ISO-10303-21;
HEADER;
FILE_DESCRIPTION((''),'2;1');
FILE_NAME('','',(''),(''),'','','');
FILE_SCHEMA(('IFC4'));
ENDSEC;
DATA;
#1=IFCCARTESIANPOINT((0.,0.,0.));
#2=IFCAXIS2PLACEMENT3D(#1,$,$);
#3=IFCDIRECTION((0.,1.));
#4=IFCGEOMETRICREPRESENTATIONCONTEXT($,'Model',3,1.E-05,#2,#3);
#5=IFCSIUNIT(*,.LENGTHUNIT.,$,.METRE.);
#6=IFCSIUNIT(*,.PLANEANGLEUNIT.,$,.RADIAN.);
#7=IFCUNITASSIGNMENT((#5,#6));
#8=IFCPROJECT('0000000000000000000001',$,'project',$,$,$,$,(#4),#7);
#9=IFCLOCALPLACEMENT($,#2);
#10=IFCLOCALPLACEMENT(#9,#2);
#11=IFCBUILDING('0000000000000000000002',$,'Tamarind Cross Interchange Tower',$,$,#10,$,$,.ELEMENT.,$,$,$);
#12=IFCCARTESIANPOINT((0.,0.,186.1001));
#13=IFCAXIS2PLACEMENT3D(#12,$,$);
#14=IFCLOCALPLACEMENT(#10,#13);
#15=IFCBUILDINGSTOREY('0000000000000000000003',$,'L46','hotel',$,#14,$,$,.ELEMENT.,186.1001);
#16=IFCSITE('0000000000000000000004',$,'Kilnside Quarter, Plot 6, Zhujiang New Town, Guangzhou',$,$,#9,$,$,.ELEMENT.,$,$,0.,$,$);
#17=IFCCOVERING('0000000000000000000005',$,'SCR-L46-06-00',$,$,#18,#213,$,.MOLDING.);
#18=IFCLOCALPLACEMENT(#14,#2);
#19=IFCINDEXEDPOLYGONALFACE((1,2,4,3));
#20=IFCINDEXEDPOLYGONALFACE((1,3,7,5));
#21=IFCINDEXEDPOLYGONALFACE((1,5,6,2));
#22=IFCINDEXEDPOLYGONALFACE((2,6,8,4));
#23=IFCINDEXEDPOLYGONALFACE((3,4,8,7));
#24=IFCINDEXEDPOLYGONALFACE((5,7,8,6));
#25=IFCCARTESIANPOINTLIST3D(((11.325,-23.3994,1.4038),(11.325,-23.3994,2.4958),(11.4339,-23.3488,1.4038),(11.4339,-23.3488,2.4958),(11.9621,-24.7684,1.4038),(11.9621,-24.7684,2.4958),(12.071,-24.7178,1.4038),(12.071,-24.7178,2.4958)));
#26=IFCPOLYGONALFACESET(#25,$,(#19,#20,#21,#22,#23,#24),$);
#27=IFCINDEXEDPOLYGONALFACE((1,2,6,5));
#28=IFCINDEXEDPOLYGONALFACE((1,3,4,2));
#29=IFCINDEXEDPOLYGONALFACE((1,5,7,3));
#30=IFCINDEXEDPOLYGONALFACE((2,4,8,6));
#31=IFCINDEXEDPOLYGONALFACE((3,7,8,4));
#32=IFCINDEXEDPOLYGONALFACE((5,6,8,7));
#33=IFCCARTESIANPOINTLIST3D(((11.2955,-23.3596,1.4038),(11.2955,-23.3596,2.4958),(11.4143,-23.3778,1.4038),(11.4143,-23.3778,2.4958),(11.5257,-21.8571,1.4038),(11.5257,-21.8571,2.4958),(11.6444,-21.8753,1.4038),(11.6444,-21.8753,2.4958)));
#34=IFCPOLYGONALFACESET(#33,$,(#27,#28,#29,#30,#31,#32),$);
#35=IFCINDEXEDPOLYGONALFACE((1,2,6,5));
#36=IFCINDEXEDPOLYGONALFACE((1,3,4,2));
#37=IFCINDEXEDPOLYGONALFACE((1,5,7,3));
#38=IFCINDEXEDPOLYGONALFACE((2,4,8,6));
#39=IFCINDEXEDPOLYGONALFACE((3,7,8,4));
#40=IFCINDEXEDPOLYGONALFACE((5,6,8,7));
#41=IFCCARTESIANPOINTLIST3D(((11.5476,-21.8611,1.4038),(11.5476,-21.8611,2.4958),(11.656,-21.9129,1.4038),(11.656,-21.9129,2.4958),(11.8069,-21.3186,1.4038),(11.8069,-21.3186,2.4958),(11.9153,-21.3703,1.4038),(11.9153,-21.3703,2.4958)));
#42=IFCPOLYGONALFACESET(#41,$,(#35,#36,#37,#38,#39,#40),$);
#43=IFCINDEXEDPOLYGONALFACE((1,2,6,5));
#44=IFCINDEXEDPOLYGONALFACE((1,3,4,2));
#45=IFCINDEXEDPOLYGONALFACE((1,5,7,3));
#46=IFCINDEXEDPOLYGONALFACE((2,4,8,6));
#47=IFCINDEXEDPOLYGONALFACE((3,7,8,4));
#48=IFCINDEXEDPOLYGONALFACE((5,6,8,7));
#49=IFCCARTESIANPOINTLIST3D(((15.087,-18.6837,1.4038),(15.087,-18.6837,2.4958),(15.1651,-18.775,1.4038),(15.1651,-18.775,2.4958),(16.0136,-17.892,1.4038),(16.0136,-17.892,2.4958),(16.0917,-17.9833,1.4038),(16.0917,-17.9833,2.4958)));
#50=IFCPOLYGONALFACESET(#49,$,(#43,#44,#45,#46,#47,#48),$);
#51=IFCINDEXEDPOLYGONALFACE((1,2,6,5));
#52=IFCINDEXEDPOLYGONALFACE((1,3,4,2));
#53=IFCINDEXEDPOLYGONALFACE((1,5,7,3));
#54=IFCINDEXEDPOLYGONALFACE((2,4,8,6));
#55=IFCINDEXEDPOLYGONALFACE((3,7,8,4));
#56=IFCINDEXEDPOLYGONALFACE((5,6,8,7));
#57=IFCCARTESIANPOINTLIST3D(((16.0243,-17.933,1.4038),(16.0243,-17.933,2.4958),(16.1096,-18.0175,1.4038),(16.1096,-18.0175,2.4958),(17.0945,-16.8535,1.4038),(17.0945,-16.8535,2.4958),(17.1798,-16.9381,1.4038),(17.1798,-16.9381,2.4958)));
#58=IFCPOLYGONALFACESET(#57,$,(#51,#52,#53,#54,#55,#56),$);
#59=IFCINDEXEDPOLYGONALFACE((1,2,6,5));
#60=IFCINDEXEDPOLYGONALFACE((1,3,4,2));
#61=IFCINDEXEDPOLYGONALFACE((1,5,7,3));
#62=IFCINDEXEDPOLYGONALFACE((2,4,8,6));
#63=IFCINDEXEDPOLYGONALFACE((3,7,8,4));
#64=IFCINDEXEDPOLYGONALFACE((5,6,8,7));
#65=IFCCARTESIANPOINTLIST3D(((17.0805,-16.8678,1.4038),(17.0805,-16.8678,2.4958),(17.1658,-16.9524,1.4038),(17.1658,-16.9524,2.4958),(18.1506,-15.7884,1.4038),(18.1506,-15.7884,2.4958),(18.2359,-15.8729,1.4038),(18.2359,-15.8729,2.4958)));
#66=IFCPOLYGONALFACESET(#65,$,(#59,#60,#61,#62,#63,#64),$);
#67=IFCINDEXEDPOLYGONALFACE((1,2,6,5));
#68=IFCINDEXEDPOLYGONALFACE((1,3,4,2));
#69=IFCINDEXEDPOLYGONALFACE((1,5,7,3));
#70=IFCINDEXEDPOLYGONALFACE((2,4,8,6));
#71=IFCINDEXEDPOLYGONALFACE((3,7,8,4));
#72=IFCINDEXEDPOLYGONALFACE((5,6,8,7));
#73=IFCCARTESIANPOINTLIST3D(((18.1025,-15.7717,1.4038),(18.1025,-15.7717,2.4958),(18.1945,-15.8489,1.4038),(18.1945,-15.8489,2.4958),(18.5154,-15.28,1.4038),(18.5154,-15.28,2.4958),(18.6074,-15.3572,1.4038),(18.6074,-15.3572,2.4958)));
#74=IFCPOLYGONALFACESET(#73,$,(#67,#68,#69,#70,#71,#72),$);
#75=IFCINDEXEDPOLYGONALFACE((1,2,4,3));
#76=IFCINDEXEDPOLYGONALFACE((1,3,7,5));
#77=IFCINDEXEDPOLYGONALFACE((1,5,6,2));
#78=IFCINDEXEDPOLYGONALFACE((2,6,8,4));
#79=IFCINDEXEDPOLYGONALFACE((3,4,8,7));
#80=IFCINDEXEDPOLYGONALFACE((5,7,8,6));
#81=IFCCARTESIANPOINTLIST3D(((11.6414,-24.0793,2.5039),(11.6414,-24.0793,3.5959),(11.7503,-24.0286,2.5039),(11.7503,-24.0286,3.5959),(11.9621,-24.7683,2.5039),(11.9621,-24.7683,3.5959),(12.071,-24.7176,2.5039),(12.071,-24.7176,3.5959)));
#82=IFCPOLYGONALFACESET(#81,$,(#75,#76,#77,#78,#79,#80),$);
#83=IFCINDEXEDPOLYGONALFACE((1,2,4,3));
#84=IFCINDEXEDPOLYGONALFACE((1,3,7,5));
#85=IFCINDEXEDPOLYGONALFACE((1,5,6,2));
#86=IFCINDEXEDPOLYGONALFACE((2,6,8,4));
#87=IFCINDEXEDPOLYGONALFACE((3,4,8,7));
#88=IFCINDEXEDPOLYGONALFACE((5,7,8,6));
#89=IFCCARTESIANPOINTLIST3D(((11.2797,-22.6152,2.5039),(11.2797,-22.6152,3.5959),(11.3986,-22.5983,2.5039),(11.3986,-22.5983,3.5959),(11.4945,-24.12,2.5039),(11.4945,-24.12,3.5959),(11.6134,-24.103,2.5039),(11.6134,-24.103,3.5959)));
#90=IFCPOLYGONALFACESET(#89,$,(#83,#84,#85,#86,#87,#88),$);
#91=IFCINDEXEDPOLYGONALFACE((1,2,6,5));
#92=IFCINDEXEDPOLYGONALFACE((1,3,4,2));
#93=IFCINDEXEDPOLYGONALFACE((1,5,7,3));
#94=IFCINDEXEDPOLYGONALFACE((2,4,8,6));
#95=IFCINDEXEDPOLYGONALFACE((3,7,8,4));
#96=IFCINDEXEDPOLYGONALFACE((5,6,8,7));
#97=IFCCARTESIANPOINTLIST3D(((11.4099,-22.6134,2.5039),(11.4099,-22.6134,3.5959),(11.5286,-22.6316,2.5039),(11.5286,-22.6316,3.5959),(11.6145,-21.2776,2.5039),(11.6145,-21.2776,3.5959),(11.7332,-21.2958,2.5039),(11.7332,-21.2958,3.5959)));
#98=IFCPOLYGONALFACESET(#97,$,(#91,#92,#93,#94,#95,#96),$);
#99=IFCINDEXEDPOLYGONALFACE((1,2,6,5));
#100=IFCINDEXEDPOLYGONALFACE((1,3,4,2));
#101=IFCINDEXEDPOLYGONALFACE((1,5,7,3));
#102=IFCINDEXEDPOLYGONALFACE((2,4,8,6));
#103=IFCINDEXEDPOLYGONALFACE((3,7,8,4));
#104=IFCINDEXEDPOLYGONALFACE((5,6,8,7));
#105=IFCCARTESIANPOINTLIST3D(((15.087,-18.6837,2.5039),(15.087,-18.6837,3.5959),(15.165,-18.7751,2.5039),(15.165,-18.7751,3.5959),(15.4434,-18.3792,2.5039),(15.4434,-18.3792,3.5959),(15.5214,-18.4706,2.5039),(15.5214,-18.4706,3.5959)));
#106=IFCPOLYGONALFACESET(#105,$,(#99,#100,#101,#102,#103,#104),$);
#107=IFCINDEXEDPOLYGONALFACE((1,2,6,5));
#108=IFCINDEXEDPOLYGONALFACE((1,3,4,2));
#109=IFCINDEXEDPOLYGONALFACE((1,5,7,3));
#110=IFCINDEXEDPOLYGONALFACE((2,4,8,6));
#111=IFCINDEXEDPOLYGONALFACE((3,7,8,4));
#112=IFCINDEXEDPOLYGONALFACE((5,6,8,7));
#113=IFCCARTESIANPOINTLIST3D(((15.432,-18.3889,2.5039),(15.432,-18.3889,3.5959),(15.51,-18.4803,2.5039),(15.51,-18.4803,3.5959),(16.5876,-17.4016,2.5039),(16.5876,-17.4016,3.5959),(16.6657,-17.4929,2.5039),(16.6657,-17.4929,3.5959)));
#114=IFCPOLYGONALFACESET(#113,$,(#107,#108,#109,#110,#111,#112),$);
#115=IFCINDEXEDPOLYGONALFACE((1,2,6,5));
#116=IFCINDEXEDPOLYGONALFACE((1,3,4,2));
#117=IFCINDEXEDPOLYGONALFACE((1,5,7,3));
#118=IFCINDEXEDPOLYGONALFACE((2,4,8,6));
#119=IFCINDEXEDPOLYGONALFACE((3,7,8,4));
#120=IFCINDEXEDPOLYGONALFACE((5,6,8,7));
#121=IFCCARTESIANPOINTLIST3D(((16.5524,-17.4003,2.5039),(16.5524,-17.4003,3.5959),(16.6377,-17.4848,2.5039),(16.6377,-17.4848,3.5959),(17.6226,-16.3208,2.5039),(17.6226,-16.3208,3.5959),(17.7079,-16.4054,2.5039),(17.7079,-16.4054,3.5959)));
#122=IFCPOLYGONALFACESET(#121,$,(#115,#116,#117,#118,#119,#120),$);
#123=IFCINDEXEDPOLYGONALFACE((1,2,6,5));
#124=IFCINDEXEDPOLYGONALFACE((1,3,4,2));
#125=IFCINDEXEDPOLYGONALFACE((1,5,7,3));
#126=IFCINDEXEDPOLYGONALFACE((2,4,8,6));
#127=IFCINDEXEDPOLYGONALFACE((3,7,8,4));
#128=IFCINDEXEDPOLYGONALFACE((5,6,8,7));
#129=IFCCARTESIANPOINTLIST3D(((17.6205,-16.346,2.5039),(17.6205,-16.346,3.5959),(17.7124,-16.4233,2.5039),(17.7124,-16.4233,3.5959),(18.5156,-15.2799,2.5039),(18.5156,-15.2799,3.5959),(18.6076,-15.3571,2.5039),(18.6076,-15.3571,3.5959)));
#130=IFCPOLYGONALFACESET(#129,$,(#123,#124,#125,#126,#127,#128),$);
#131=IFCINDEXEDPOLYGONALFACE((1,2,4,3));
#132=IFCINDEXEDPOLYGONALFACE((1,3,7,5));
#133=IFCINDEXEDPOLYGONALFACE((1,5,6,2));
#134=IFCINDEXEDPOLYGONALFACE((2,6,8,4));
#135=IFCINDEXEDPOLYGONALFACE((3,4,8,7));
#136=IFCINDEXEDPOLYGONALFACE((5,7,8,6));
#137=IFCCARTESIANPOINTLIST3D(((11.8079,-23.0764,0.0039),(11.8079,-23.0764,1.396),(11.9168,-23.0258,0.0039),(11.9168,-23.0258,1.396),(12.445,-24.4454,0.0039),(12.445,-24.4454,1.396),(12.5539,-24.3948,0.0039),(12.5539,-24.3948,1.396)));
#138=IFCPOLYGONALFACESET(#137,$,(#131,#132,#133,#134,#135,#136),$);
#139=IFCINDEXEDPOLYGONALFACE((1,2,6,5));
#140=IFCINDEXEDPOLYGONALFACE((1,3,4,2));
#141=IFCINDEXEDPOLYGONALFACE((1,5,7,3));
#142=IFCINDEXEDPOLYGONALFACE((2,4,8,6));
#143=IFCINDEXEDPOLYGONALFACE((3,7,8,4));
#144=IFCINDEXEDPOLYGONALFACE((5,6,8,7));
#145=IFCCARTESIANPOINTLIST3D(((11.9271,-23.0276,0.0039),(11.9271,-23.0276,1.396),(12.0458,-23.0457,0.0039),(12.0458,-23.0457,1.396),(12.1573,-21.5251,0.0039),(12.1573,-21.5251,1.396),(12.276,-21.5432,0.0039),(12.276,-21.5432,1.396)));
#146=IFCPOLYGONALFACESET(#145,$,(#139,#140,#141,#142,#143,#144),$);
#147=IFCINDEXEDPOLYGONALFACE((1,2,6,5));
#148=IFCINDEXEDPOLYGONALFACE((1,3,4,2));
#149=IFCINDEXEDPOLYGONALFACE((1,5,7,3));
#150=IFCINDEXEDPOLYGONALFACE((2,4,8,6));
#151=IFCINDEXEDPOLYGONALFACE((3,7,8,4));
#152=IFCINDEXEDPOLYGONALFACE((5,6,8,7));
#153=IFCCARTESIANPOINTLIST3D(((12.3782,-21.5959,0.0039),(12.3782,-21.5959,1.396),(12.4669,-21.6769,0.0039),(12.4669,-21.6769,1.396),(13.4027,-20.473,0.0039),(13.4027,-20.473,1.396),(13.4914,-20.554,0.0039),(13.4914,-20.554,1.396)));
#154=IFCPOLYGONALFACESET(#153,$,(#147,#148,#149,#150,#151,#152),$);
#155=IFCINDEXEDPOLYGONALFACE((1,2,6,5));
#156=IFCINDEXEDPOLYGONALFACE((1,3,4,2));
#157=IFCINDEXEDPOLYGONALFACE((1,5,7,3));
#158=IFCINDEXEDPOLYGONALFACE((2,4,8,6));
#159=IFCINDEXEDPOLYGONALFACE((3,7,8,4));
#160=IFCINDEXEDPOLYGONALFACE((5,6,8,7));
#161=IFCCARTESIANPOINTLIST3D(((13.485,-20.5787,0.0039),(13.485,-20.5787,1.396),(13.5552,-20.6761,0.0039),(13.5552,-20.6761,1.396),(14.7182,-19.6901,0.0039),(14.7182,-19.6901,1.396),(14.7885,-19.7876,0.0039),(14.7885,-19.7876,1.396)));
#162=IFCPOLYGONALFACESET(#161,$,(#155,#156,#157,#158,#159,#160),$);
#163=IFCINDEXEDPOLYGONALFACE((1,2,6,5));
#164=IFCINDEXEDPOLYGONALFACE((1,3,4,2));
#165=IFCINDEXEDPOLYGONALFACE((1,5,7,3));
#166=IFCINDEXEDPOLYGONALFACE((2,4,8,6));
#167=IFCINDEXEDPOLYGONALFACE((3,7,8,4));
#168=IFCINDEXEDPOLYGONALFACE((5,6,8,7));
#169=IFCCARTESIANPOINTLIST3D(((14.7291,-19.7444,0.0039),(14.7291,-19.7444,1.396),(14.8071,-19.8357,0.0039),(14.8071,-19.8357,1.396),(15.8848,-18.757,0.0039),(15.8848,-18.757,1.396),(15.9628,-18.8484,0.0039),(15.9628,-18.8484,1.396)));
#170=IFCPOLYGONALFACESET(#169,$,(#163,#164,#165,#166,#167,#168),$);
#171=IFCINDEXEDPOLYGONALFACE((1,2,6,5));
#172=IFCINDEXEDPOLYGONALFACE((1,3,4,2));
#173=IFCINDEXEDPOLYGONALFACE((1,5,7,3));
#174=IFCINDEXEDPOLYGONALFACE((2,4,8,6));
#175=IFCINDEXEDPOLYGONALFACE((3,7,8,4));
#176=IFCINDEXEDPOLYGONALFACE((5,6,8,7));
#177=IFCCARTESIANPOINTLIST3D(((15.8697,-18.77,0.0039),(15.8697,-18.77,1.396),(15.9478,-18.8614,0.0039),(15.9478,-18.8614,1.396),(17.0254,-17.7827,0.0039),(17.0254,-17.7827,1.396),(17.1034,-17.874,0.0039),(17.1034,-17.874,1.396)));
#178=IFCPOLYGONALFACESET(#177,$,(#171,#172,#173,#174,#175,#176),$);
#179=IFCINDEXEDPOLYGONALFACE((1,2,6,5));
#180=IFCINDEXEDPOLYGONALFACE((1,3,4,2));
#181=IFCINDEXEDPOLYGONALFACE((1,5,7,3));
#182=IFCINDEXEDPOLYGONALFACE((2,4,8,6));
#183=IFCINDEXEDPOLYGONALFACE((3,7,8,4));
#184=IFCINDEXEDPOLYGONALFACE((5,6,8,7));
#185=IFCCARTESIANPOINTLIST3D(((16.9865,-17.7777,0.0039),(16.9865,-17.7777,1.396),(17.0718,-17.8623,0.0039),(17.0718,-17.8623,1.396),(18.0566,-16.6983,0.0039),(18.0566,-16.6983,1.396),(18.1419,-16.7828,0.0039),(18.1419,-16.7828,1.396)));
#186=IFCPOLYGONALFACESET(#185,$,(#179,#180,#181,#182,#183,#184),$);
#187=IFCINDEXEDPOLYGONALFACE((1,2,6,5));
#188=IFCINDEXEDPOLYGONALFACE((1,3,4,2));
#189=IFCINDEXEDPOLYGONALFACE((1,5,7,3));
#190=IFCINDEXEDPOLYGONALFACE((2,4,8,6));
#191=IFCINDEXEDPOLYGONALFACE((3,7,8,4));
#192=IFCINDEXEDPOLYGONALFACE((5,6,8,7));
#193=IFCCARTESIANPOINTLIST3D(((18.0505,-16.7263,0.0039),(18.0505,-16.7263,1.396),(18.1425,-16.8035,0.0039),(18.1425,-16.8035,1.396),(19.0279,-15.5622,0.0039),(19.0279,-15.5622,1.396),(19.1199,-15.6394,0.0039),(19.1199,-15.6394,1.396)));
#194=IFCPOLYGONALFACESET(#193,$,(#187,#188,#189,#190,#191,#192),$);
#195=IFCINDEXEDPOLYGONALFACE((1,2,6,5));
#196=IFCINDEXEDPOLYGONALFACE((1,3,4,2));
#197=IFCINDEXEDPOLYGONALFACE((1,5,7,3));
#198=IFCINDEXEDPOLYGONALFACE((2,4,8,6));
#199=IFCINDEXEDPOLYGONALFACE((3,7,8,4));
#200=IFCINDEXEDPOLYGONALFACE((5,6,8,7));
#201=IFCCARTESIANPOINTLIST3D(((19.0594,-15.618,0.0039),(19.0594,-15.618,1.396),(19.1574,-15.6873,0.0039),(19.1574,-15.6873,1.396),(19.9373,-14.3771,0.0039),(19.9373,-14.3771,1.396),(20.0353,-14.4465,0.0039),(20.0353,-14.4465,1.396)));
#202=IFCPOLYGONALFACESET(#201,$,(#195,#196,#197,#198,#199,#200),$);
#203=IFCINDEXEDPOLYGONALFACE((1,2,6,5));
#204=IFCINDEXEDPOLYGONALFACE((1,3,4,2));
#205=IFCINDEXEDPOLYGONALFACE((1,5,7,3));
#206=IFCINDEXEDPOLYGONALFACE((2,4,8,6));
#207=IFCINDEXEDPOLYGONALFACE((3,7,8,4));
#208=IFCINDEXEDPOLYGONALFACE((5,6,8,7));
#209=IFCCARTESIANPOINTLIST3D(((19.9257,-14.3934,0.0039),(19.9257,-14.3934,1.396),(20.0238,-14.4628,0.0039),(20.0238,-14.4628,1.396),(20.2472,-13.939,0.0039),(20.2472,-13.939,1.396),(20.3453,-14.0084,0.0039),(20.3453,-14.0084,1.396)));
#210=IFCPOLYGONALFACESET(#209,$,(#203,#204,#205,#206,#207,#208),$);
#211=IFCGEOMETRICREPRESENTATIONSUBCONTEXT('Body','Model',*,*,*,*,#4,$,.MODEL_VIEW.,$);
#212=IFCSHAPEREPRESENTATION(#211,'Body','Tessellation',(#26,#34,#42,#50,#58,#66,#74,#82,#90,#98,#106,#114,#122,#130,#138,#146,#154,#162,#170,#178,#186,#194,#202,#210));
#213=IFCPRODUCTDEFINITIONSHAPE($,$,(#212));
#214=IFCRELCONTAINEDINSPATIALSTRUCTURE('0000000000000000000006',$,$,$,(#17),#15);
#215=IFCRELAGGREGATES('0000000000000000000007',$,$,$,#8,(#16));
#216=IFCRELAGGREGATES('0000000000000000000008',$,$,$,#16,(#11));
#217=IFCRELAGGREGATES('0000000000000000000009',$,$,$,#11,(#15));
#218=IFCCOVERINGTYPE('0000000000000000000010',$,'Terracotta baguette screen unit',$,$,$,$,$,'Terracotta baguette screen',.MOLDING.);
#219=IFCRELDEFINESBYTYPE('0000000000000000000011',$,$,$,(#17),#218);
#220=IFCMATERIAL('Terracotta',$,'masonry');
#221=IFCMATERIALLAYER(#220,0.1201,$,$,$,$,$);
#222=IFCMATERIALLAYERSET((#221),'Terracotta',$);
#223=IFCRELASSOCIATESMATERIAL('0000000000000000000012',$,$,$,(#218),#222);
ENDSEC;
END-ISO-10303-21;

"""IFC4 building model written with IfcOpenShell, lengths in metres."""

from ifc_helpers import new_model, si_unit, direction, frame, origin, origin_2d, place, context, subcontext, project, spatial, rectangle, extrude, material, layer, layer_set, type_object, element, save


model = new_model("IFC4")

# Units and contexts
model_context = context("Model", 3, precision=1e-05, world=origin(), true_north=direction((0.0, 1.0)))
body_context = subcontext(model_context, "Body", "Model", "MODEL_VIEW")
ifc_project = project(units=[si_unit("LENGTHUNIT", "METRE"), si_unit("PLANEANGLEUNIT", "RADIAN")], contexts=[model_context])

# Site, building, storey
site_placement = place(None, origin())
site = spatial("IfcSite", under=ifc_project, at=site_placement, Name="Kilnside Quarter, Plot 6, Zhujiang New Town, Guangzhou", CompositionType="ELEMENT", RefElevation=0.0)
building_placement = place(site_placement, origin())
building = spatial("IfcBuilding", under=site, at=building_placement, Name="Tamarind Cross Interchange Tower", CompositionType="ELEMENT")
storey_placement = place(building_placement, frame((0.0, 0.0, 186.1001)))
storey = spatial("IfcBuildingStorey", under=building, at=storey_placement, Name="L46", Description="hotel", CompositionType="ELEMENT", Elevation=186.1001)

# Covering
ifc_material_1 = material(Name="Terracotta", Category="masonry")
ifc_layer_1 = layer(ifc_material_1, 0.1201)
ifc_layer_set_1 = layer_set([ifc_layer_1], Name="Terracotta")
covering_type = type_object("IfcCoveringType", Name="Terracotta baguette screen unit", ElementType="Terracotta baguette screen", PredefinedType="MOLDING", material=ifc_layer_set_1)
covering_1_placement = place(storey_placement, origin())
element("IfcCovering", 1, at=covering_1_placement, inside=storey, type_object=covering_type, Name="SCR-L46-06-00", PredefinedType="MOLDING", context=body_context, shape_type="SweptSolid", body=[
    extrude(rectangle(XDim=1.51, YDim=0.1201, at=origin_2d()), frame((11.698, -24.0586, 1.4038), z_axis=(0.0, 0.0, 1.0), x_axis=(-0.421958, 0.906616, 0.0)), (0.0, 0.0, 1.0), 1.092),
    extrude(rectangle(XDim=1.52, YDim=0.1201, at=origin_2d()), frame((11.47, -22.6174, 1.4038), z_axis=(0.0, 0.0, 1.0), x_axis=(0.151421, 0.988469, 0.0)), (0.0, 0.0, 1.0), 1.092),
    extrude(rectangle(XDim=0.6013, YDim=0.1201, at=origin_2d()), frame((11.7314, -21.6157, 1.4038), z_axis=(0.0, 0.0, 1.0), x_axis=(0.431189, 0.902262, 0.0)), (0.0, 0.0, 1.0), 1.092),
    extrude(rectangle(XDim=1.2188, YDim=0.1201, at=origin_2d()), frame((15.5894, -18.3335, 1.4038), z_axis=(0.0, 0.0, 1.0), x_axis=(0.760296, 0.649577, 0.0)), (0.0, 0.0, 1.0), 1.092),
    extrude(rectangle(XDim=1.52, YDim=0.1201, at=origin_2d()), frame((16.6021, -17.4355, 1.4038), z_axis=(0.0, 0.0, 1.0), x_axis=(0.704057, 0.710143, 0.0)), (0.0, 0.0, 1.0), 1.092),
    extrude(rectangle(XDim=1.52, YDim=0.1201, at=origin_2d()), frame((17.6582, -16.3704, 1.4038), z_axis=(0.0, 0.0, 1.0), x_axis=(0.704057, 0.710143, 0.0)), (0.0, 0.0, 1.0), 1.092),
    extrude(rectangle(XDim=0.6421, YDim=0.1201, at=origin_2d()), frame((18.355, -15.5645, 1.4038), z_axis=(0.0, 0.0, 1.0), x_axis=(0.643009, 0.765858, 0.0)), (0.0, 0.0, 1.0), 1.092),
    extrude(rectangle(XDim=0.76, YDim=0.1201, at=origin_2d()), frame((11.8562, -24.3984, 2.5039), z_axis=(0.0, 0.0, 1.0), x_axis=(-0.421958, 0.906616, 0.0)), (0.0, 0.0, 1.0), 1.092),
    extrude(rectangle(XDim=1.52, YDim=0.1201, at=origin_2d()), frame((11.4465, -23.3591, 2.5039), z_axis=(0.0, 0.0, 1.0), x_axis=(-0.141324, 0.989963, 0.0)), (0.0, 0.0, 1.0), 1.092),
    extrude(rectangle(XDim=1.3513, YDim=0.1201, at=origin_2d()), frame((11.5715, -21.9546, 2.5039), z_axis=(0.0, 0.0, 1.0), x_axis=(0.151421, 0.988469, 0.0)), (0.0, 0.0, 1.0), 1.092),
    extrude(rectangle(XDim=0.4688, YDim=0.1201, at=origin_2d()), frame((15.3042, -18.5771, 2.5039), z_axis=(0.0, 0.0, 1.0), x_axis=(0.760296, 0.649577, 0.0)), (0.0, 0.0, 1.0), 1.092),
    extrude(rectangle(XDim=1.52, YDim=0.1201, at=origin_2d()), frame((16.0488, -17.9409, 2.5039), z_axis=(0.0, 0.0, 1.0), x_axis=(0.760296, 0.649577, 0.0)), (0.0, 0.0, 1.0), 1.092),
    extrude(rectangle(XDim=1.52, YDim=0.1201, at=origin_2d()), frame((17.1301, -16.9028, 2.5039), z_axis=(0.0, 0.0, 1.0), x_axis=(0.704057, 0.710143, 0.0)), (0.0, 0.0, 1.0), 1.092),
    extrude(rectangle(XDim=1.3921, YDim=0.1201, at=origin_2d()), frame((18.114, -15.8516, 2.5039), z_axis=(0.0, 0.0, 1.0), x_axis=(0.643009, 0.765858, 0.0)), (0.0, 0.0, 1.0), 1.092),
    extrude(rectangle(XDim=1.51, YDim=0.1201, at=origin_2d()), frame((12.1809, -23.7356, 0.0039), z_axis=(0.0, 0.0, 1.0), x_axis=(-0.421958, 0.906616, 0.0)), (0.0, 0.0, 1.0), 1.3921),
    extrude(rectangle(XDim=1.52, YDim=0.1201, at=origin_2d()), frame((12.1016, -22.2854, 0.0039), z_axis=(0.0, 0.0, 1.0), x_axis=(0.151421, 0.988469, 0.0)), (0.0, 0.0, 1.0), 1.3921),
    extrude(rectangle(XDim=1.52, YDim=0.1201, at=origin_2d()), frame((12.9348, -21.075, 0.0039), z_axis=(0.0, 0.0, 1.0), x_axis=(0.674003, 0.738729, 0.0)), (0.0, 0.0, 1.0), 1.3921),
    extrude(rectangle(XDim=1.52, YDim=0.1201, at=origin_2d()), frame((14.1367, -20.1831, 0.0039), z_axis=(0.0, 0.0, 1.0), x_axis=(0.81134, 0.584574, 0.0)), (0.0, 0.0, 1.0), 1.3921),
    extrude(rectangle(XDim=1.52, YDim=0.1201, at=origin_2d()), frame((15.3459, -19.2964, 0.0039), z_axis=(0.0, 0.0, 1.0), x_axis=(0.760296, 0.649577, 0.0)), (0.0, 0.0, 1.0), 1.3921),
    extrude(rectangle(XDim=1.52, YDim=0.1201, at=origin_2d()), frame((16.4866, -18.322, 0.0039), z_axis=(0.0, 0.0, 1.0), x_axis=(0.760296, 0.649577, 0.0)), (0.0, 0.0, 1.0), 1.3921),
    extrude(rectangle(XDim=1.52, YDim=0.1201, at=origin_2d()), frame((17.5642, -17.2803, 0.0039), z_axis=(0.0, 0.0, 1.0), x_axis=(0.704057, 0.710143, 0.0)), (0.0, 0.0, 1.0), 1.3921),
    extrude(rectangle(XDim=1.52, YDim=0.1201, at=origin_2d()), frame((18.5852, -16.1829, 0.0039), z_axis=(0.0, 0.0, 1.0), x_axis=(0.643009, 0.765858, 0.0)), (0.0, 0.0, 1.0), 1.3921),
    extrude(rectangle(XDim=1.52, YDim=0.1201, at=origin_2d()), frame((19.5474, -15.0322, 0.0039), z_axis=(0.0, 0.0, 1.0), x_axis=(0.577569, 0.816342, 0.0)), (0.0, 0.0, 1.0), 1.3921),
    extrude(rectangle(XDim=0.5566, YDim=0.1201, at=origin_2d()), frame((20.1355, -14.2009, 0.0039), z_axis=(0.0, 0.0, 1.0), x_axis=(0.577569, 0.816342, 0.0)), (0.0, 0.0, 1.0), 1.3921),
])

save(model, "model.ifc")
